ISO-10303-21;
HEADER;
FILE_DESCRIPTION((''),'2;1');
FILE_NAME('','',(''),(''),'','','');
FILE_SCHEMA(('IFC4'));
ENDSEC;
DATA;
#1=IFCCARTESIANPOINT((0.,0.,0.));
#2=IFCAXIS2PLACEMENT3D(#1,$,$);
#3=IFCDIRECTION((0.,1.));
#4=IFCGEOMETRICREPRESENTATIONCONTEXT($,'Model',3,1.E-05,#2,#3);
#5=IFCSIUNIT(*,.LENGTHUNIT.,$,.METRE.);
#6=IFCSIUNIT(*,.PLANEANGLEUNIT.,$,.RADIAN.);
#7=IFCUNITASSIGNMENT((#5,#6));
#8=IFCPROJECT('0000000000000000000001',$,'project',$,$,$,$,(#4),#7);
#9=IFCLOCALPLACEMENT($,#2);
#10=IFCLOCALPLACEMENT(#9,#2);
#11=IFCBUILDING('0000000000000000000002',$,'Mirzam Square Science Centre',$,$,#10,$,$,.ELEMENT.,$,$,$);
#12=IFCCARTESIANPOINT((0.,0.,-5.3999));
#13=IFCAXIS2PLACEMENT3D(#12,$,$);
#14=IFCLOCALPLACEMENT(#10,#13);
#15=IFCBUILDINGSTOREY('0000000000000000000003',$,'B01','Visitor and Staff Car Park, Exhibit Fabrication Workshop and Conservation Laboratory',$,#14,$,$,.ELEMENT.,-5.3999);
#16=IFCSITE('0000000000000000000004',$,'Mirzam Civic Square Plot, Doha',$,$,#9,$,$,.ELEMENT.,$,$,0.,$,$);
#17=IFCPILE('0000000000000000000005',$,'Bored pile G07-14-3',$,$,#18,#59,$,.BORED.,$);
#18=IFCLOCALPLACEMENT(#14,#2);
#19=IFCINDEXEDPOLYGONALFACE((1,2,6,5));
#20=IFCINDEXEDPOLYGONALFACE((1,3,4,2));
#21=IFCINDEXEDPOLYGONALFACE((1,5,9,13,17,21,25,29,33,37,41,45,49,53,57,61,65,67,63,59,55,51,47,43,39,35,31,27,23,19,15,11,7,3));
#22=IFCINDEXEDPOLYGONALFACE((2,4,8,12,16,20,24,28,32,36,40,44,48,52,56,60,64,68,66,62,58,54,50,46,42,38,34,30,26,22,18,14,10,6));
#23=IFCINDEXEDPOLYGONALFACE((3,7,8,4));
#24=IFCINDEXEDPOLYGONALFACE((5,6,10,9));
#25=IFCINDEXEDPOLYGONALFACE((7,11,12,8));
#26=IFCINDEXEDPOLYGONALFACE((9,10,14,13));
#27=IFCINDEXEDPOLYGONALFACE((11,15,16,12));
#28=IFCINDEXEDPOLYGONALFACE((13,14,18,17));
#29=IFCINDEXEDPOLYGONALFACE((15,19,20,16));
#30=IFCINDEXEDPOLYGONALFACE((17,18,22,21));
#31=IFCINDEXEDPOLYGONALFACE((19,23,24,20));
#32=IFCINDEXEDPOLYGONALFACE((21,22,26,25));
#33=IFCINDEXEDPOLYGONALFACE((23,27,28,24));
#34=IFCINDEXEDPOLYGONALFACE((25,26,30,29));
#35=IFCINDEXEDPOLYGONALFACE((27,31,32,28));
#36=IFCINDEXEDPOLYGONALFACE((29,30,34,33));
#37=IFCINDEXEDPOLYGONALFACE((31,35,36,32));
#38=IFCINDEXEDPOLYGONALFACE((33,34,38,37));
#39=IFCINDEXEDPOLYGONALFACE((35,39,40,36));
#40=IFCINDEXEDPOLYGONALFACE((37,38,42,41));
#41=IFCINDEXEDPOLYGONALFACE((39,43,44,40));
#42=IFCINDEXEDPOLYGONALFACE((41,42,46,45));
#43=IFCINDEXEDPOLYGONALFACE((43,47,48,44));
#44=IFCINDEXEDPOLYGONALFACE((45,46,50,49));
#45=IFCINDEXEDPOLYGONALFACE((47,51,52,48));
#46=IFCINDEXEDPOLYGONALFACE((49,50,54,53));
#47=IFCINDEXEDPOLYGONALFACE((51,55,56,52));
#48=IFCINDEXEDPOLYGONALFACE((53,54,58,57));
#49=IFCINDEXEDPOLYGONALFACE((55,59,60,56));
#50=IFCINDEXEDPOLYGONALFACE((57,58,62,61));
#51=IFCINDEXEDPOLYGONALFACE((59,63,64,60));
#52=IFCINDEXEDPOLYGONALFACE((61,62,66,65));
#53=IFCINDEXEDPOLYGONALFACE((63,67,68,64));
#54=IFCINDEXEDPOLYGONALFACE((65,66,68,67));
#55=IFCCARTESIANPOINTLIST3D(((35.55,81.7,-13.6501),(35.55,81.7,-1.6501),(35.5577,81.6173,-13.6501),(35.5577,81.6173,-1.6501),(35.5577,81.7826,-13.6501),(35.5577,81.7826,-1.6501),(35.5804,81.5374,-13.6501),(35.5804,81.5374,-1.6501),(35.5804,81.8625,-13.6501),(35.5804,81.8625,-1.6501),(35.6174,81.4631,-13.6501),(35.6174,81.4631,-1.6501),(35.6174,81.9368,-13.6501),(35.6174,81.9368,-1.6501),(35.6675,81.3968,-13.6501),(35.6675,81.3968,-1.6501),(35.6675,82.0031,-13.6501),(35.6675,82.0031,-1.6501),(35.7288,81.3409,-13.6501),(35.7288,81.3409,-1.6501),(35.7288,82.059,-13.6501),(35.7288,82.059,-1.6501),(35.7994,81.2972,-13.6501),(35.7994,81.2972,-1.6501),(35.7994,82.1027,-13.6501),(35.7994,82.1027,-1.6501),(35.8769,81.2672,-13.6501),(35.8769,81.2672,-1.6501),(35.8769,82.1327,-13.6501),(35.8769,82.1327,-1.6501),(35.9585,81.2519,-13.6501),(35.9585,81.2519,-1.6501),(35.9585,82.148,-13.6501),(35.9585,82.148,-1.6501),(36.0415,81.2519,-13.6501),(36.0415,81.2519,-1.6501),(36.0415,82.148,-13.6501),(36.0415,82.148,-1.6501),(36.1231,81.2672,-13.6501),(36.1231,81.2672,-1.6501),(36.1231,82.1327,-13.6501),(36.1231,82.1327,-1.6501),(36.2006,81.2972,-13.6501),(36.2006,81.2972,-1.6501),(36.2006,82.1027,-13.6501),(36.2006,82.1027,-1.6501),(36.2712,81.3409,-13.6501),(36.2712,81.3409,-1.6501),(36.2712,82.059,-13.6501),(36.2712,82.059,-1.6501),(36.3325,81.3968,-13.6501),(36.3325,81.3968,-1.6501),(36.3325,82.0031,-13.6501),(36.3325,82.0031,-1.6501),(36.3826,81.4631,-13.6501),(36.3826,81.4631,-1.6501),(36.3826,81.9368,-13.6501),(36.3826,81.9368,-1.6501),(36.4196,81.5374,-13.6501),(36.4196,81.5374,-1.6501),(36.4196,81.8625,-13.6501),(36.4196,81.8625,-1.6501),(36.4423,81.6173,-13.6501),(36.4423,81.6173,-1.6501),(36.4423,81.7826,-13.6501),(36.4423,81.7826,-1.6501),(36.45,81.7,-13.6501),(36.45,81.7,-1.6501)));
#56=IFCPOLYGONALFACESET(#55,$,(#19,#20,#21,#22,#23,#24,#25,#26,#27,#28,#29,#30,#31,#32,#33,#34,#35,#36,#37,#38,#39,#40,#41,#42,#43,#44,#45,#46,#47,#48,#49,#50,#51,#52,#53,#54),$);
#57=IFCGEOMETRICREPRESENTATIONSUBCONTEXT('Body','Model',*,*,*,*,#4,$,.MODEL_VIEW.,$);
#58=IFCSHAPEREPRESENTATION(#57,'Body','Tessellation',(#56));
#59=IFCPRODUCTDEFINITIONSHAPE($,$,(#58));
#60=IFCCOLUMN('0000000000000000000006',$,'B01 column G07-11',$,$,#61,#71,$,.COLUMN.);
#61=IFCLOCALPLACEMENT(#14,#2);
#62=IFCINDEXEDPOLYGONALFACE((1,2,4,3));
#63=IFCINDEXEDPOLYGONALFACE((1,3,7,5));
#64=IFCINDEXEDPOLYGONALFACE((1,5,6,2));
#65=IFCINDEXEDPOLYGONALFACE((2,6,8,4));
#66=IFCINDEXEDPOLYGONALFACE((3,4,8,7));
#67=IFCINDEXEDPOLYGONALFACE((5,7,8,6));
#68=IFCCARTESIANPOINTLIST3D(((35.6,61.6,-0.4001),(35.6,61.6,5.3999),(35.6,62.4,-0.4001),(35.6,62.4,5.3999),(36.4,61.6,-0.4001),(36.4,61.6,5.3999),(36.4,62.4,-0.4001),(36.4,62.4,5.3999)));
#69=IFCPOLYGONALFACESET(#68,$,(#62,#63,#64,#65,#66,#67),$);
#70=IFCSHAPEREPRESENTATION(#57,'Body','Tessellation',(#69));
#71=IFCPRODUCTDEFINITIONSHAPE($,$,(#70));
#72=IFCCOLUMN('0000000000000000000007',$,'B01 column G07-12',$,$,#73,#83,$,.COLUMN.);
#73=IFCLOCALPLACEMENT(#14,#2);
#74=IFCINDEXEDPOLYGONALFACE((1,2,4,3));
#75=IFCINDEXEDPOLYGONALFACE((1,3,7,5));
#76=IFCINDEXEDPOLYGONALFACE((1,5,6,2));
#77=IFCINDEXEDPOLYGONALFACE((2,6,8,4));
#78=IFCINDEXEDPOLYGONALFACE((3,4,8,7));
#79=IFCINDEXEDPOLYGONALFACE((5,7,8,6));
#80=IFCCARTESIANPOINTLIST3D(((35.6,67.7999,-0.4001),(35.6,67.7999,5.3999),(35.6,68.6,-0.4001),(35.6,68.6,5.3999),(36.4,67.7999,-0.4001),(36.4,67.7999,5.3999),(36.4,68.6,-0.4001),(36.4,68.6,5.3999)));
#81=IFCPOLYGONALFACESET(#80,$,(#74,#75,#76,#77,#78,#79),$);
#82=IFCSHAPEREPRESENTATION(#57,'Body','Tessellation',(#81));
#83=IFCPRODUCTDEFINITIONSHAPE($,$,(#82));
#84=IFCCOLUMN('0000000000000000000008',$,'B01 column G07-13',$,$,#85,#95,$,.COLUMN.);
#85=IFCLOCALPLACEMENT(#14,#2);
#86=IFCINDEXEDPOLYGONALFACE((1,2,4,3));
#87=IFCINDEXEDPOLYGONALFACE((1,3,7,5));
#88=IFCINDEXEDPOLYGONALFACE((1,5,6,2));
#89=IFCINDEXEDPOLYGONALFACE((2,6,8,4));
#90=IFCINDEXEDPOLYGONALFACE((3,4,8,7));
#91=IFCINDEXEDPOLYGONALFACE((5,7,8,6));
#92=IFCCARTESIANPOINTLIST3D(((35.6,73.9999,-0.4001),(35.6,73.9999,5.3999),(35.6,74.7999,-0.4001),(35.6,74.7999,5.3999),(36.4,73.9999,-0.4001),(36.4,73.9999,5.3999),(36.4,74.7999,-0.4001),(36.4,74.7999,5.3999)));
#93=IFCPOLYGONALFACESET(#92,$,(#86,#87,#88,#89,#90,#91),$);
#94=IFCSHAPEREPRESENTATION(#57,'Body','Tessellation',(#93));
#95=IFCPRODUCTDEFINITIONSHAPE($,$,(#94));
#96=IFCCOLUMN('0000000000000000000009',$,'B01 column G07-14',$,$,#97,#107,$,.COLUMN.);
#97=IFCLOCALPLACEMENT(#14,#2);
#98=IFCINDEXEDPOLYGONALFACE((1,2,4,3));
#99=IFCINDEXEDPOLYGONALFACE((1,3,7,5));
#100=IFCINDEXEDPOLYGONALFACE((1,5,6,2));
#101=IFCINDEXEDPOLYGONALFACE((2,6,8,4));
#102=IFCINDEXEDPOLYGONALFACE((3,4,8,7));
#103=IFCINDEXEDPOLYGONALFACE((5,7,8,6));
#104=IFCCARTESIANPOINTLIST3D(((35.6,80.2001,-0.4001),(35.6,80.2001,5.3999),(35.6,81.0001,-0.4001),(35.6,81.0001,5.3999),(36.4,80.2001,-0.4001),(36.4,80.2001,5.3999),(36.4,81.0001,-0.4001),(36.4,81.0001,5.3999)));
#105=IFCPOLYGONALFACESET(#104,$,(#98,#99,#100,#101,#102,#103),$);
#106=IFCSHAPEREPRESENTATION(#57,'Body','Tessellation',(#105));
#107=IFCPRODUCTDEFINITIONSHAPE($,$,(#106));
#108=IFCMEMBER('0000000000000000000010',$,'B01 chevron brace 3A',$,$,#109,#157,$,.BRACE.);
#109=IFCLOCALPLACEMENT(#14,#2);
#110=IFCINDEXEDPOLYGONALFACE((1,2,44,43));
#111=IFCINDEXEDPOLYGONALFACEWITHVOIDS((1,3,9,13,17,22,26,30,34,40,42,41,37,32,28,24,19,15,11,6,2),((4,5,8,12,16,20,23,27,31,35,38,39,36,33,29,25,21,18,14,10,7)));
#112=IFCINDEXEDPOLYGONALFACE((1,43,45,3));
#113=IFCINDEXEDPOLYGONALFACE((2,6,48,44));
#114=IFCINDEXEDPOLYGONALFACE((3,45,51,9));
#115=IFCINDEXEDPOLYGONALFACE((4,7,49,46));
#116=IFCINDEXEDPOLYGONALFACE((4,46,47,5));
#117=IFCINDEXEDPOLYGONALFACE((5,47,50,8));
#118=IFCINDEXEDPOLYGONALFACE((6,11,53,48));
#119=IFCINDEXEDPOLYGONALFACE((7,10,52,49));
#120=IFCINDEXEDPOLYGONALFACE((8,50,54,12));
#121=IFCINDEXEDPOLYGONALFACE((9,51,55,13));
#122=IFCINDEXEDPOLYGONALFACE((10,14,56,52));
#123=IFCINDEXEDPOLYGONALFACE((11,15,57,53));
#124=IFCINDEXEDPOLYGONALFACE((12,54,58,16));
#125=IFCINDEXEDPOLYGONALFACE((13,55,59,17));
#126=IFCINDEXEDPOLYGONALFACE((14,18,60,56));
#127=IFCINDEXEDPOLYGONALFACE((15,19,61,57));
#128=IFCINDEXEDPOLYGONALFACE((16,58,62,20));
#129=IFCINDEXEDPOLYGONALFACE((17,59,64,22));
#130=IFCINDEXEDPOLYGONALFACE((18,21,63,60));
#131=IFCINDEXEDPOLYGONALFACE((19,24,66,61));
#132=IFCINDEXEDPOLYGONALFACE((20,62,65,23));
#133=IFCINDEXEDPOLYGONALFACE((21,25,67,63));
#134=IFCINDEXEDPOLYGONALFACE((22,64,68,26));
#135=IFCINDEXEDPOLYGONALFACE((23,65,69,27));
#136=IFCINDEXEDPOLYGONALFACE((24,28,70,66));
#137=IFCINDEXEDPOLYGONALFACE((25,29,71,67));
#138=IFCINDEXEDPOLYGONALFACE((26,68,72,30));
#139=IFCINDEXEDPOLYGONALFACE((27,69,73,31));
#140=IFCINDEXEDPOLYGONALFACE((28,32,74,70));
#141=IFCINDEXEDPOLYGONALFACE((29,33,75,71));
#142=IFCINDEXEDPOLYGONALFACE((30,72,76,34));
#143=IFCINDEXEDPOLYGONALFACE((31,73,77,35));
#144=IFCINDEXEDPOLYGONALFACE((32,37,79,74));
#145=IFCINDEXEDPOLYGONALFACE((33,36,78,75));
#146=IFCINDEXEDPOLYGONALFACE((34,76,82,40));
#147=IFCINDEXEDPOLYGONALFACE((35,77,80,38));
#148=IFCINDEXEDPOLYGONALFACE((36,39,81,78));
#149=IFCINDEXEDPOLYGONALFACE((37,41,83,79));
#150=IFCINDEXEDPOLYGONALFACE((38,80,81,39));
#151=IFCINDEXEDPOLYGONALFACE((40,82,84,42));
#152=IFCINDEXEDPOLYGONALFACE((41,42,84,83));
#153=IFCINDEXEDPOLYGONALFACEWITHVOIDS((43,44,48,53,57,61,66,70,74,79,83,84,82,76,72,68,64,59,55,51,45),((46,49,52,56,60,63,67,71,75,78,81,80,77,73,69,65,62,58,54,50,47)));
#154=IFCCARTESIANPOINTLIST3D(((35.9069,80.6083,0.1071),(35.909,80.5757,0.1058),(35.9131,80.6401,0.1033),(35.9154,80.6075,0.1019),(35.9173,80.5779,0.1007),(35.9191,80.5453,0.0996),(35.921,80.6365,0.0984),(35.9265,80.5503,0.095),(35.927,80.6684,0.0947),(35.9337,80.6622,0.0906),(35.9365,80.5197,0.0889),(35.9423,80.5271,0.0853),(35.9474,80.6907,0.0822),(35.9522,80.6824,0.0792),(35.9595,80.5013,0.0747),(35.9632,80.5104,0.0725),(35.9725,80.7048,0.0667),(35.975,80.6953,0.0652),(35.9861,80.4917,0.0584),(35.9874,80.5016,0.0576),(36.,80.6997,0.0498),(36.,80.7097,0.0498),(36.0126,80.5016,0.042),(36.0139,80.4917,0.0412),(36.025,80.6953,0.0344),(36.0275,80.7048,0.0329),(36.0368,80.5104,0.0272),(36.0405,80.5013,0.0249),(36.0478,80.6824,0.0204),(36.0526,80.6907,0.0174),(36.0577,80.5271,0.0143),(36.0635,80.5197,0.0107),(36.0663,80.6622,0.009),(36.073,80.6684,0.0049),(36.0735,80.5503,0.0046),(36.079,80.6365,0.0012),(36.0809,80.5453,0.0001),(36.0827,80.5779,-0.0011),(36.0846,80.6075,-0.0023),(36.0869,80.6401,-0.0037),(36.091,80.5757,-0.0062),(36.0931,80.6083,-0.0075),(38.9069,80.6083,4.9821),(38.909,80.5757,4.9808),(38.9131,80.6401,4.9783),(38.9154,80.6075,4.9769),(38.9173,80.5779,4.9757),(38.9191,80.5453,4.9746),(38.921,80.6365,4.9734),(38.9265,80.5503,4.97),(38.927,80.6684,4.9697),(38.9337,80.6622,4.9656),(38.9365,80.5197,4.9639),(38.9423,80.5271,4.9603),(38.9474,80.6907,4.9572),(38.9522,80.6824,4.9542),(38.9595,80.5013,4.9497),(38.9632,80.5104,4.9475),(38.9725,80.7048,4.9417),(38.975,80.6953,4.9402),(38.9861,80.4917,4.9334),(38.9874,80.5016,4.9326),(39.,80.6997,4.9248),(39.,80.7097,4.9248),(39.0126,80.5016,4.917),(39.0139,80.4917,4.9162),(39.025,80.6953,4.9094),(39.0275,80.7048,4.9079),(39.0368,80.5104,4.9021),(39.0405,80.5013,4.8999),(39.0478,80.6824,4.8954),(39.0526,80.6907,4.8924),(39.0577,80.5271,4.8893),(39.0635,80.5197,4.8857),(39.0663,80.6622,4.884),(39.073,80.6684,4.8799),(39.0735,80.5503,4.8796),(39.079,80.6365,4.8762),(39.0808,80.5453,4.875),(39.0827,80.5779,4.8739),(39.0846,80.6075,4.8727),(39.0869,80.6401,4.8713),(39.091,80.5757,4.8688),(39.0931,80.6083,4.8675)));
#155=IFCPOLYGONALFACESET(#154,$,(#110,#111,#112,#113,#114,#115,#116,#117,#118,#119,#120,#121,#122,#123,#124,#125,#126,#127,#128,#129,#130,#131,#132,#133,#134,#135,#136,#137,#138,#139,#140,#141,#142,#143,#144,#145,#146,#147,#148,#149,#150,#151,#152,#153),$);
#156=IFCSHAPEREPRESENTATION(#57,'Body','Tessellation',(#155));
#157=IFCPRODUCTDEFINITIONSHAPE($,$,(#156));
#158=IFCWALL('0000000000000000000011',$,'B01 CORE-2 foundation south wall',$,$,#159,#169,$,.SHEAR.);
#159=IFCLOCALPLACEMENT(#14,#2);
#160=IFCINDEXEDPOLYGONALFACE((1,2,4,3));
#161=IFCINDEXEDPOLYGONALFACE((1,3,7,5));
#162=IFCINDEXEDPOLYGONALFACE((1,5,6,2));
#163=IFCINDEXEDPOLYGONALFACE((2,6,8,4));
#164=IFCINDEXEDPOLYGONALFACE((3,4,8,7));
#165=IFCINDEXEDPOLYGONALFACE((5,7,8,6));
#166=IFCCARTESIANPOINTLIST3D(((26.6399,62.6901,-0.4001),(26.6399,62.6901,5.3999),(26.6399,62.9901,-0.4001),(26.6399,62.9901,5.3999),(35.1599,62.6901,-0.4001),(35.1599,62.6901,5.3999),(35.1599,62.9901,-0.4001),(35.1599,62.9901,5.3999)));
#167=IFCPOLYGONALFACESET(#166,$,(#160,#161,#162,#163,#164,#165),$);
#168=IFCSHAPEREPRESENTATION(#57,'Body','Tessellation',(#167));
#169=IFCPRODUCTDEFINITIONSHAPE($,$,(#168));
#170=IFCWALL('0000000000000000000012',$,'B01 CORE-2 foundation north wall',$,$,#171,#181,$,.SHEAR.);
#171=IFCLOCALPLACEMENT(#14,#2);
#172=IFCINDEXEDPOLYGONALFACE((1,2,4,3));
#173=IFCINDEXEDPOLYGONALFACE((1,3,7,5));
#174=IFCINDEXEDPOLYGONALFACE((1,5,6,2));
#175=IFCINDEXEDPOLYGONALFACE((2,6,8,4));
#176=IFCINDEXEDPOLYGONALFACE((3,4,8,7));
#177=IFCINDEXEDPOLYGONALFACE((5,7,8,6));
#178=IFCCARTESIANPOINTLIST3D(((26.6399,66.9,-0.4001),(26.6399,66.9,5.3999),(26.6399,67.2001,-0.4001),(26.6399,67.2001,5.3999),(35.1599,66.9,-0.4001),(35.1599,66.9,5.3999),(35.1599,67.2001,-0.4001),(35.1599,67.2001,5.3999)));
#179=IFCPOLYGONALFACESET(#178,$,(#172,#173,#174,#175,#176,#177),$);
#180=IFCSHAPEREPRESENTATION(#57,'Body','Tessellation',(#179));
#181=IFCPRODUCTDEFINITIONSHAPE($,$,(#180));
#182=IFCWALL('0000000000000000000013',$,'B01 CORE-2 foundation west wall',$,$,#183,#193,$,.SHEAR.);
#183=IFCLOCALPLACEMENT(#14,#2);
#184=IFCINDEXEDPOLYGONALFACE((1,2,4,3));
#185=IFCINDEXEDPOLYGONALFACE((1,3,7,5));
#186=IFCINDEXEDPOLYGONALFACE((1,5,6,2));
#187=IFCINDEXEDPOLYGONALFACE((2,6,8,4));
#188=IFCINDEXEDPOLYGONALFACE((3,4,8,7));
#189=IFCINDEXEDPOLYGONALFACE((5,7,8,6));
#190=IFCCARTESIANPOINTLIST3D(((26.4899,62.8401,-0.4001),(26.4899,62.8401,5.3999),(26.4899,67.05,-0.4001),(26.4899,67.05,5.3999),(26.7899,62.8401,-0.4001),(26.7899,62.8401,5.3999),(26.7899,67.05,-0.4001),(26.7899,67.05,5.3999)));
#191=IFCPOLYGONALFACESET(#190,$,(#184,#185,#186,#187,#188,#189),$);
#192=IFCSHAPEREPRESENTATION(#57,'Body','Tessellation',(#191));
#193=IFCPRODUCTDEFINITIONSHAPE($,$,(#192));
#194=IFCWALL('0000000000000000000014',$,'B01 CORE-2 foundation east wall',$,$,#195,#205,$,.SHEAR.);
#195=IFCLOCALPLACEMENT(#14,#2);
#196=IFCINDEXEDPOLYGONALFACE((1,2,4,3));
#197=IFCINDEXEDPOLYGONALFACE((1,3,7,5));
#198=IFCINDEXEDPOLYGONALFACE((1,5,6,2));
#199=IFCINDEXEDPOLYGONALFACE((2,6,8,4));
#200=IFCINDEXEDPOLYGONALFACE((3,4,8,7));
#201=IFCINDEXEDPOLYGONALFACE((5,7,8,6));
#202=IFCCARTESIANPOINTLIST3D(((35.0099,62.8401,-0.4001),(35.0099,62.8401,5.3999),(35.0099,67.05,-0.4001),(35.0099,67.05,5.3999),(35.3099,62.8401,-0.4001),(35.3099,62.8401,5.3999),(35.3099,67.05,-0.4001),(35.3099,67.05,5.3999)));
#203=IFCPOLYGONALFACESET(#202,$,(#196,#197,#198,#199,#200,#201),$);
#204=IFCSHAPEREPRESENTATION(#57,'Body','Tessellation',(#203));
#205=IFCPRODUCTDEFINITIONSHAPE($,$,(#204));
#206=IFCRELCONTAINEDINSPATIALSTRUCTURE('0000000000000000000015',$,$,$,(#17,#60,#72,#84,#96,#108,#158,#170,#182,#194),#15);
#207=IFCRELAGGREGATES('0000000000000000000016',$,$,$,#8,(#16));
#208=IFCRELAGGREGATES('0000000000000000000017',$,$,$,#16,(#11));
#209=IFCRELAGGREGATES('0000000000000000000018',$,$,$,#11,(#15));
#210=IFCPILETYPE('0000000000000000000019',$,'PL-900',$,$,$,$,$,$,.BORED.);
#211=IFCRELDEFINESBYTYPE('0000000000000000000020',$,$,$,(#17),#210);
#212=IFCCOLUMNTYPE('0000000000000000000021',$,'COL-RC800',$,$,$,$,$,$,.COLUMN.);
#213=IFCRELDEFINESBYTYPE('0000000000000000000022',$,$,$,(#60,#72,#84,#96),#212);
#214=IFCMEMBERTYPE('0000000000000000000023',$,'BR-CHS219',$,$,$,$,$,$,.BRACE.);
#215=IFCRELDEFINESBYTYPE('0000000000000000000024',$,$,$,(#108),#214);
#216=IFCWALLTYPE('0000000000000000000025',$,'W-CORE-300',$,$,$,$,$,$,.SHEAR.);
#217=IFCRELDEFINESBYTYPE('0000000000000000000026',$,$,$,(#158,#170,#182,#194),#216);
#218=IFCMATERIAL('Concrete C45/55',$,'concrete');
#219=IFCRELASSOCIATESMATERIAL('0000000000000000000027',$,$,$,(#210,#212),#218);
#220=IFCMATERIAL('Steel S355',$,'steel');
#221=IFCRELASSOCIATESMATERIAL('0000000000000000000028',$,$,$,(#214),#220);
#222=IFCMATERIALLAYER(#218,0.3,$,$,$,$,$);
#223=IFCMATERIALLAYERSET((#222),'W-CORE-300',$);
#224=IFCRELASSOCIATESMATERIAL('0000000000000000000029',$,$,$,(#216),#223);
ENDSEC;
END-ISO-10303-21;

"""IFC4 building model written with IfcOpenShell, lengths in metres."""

from ifc_helpers import new_model, si_unit, direction, frame, frame_2d, origin, origin_2d, place, context, subcontext, project, spatial, rectangle, circle, hollow_circle, extrude, material, layer, layer_set, material_profile, profile_set, type_object, element, save


model = new_model("IFC4")

# Units and contexts
model_context = context("Model", 3, precision=1e-05, world=origin(), true_north=direction((0.0, 1.0)))
body_context = subcontext(model_context, "Body", "Model", "MODEL_VIEW")
ifc_project = project(units=[si_unit("LENGTHUNIT", "METRE"), si_unit("PLANEANGLEUNIT", "RADIAN")], contexts=[model_context])

# Site, building, storey
site_placement = place(None, origin())
site = spatial("IfcSite", under=ifc_project, at=site_placement, Name="Mirzam Civic Square Plot, Doha", CompositionType="ELEMENT", RefElevation=0.0)
building_placement = place(site_placement, origin())
building = spatial("IfcBuilding", under=site, at=building_placement, Name="Mirzam Square Science Centre", CompositionType="ELEMENT")
storey_placement = place(building_placement, frame((0.0, 0.0, -5.3999)))
storey = spatial("IfcBuildingStorey", under=building, at=storey_placement, Name="B01", Description="Visitor and Staff Car Park, Exhibit Fabrication Workshop and Conservation Laboratory", CompositionType="ELEMENT", Elevation=-5.3999)

# Shared definitions
ifc_material_1 = material(Name="Concrete C45/55", Category="concrete")

# Pile
ifc_material_profile_1 = material_profile(ifc_material_1, circle(Radius=0.45, at=origin_2d()), Name="PILE-D900")
ifc_profile_set_1 = profile_set([ifc_material_profile_1], Name="Concrete C45/55")
pile_type_1 = type_object("IfcPileType", Name="PL-900", PredefinedType="BORED", material=ifc_profile_set_1)
for number, where, z_axis, x_axis, name in (
    (1, (36.0, 81.7, -1.6501), (0.0, 0.0, -1.0), (1.0, 0.0, 0.0), "Bored pile G07-14-3"),
):
    element("IfcPile", number, at=place(storey_placement, frame(where, z_axis=z_axis, x_axis=x_axis)), inside=storey, type_object=pile_type_1, Name=name, PredefinedType="BORED", context=body_context, shape_type="SweptSolid", body=[
        extrude(circle(Radius=0.45, at=origin_2d()), origin(), (0.0, 0.0, 1.0), 12.0),
    ])

# Columns
ifc_material_profile_2 = material_profile(ifc_material_1, rectangle(XDim=0.8, YDim=0.8, at=origin_2d()), Name="RC800x800")
ifc_profile_set_2 = profile_set([ifc_material_profile_2], Name="Concrete C45/55")
column_type = type_object("IfcColumnType", Name="COL-RC800", PredefinedType="COLUMN", material=ifc_profile_set_2)
for number, where, z_axis, x_axis, name in (
    (2, (36.0, 62.0, -0.4001), (0.0, 0.0, 1.0), (1.0, 0.0, 0.0), "B01 column G07-11"),
    (3, (36.0, 68.2, -0.4001), (0.0, 0.0, 1.0), (1.0, 0.0, 0.0), "B01 column G07-12"),
    (4, (36.0, 74.3999, -0.4001), (0.0, 0.0, 1.0), (1.0, 0.0, 0.0), "B01 column G07-13"),
    (5, (36.0, 80.6001, -0.4001), (0.0, 0.0, 1.0), (1.0, 0.0, 0.0), "B01 column G07-14"),
):
    element("IfcColumn", number, at=place(storey_placement, frame(where, z_axis=z_axis, x_axis=x_axis)), inside=storey, type_object=column_type, Name=name, PredefinedType="COLUMN", context=body_context, shape_type="SweptSolid", body=[
        extrude(rectangle(XDim=0.8, YDim=0.8, at=origin_2d()), origin(), (0.0, 0.0, 1.0), 5.8),
    ])

# Member
ifc_material_2 = material(Name="Steel S355", Category="steel")
ifc_material_profile_3 = material_profile(ifc_material_2, hollow_circle(Radius=0.1096, WallThickness=0.01, at=origin_2d()), Name="219.1x10.0CHS")
ifc_profile_set_3 = profile_set([ifc_material_profile_3], Name="Steel S355")
member_type = type_object("IfcMemberType", Name="BR-CHS219", PredefinedType="BRACE", material=ifc_profile_set_3)
member_placement = place(storey_placement, frame((36.0, 80.6001, 0.0498), z_axis=(0.524097, 0.0, 0.851658), x_axis=(0.0, 1.0, 0.0)))
element("IfcMember", 6, at=member_placement, inside=storey, type_object=member_type, Name="B01 chevron brace 3A", PredefinedType="BRACE", context=body_context, shape_type="SweptSolid", body=[
    extrude(hollow_circle(Radius=0.1096, WallThickness=0.01, at=origin_2d()), origin(), (0.0, 0.0, 1.0), 5.7241),
])

# Walls
ifc_layer_1 = layer(ifc_material_1, 0.3)
ifc_layer_set_1 = layer_set([ifc_layer_1], Name="W-CORE-300")
wall_type_1 = type_object("IfcWallType", Name="W-CORE-300", PredefinedType="SHEAR", material=ifc_layer_set_1)
for number, where, z_axis, x_axis, name in (
    (7, (26.6399, 62.8401, -0.4001), (0.0, 0.0, 1.0), (1.0, 0.0, 0.0), "B01 CORE-2 foundation south wall"),
    (8, (35.1599, 67.05, -0.4001), (0.0, 0.0, 1.0), (-1.0, 0.0, 0.0), "B01 CORE-2 foundation north wall"),
):
    element("IfcWall", number, at=place(storey_placement, frame(where, z_axis=z_axis, x_axis=x_axis)), inside=storey, type_object=wall_type_1, Name=name, PredefinedType="SHEAR", context=body_context, shape_type="SweptSolid", body=[
        extrude(rectangle(XDim=8.52, YDim=0.3, at=frame_2d((4.26, 0.0))), origin(), (0.0, 0.0, 1.0), 5.8),
    ])
for number, where, z_axis, x_axis, name in (
    (9, (26.6399, 67.05, -0.4001), (0.0, 0.0, 1.0), (0.0, -1.0, 0.0), "B01 CORE-2 foundation west wall"),
    (10, (35.1599, 62.8401, -0.4001), (0.0, 0.0, 1.0), (0.0, 1.0, 0.0), "B01 CORE-2 foundation east wall"),
):
    element("IfcWall", number, at=place(storey_placement, frame(where, z_axis=z_axis, x_axis=x_axis)), inside=storey, type_object=wall_type_1, Name=name, PredefinedType="SHEAR", context=body_context, shape_type="SweptSolid", body=[
        extrude(rectangle(XDim=4.21, YDim=0.3, at=frame_2d((2.105, 0.0))), origin(), (0.0, 0.0, 1.0), 5.8),
    ])

save(model, "model.ifc")
